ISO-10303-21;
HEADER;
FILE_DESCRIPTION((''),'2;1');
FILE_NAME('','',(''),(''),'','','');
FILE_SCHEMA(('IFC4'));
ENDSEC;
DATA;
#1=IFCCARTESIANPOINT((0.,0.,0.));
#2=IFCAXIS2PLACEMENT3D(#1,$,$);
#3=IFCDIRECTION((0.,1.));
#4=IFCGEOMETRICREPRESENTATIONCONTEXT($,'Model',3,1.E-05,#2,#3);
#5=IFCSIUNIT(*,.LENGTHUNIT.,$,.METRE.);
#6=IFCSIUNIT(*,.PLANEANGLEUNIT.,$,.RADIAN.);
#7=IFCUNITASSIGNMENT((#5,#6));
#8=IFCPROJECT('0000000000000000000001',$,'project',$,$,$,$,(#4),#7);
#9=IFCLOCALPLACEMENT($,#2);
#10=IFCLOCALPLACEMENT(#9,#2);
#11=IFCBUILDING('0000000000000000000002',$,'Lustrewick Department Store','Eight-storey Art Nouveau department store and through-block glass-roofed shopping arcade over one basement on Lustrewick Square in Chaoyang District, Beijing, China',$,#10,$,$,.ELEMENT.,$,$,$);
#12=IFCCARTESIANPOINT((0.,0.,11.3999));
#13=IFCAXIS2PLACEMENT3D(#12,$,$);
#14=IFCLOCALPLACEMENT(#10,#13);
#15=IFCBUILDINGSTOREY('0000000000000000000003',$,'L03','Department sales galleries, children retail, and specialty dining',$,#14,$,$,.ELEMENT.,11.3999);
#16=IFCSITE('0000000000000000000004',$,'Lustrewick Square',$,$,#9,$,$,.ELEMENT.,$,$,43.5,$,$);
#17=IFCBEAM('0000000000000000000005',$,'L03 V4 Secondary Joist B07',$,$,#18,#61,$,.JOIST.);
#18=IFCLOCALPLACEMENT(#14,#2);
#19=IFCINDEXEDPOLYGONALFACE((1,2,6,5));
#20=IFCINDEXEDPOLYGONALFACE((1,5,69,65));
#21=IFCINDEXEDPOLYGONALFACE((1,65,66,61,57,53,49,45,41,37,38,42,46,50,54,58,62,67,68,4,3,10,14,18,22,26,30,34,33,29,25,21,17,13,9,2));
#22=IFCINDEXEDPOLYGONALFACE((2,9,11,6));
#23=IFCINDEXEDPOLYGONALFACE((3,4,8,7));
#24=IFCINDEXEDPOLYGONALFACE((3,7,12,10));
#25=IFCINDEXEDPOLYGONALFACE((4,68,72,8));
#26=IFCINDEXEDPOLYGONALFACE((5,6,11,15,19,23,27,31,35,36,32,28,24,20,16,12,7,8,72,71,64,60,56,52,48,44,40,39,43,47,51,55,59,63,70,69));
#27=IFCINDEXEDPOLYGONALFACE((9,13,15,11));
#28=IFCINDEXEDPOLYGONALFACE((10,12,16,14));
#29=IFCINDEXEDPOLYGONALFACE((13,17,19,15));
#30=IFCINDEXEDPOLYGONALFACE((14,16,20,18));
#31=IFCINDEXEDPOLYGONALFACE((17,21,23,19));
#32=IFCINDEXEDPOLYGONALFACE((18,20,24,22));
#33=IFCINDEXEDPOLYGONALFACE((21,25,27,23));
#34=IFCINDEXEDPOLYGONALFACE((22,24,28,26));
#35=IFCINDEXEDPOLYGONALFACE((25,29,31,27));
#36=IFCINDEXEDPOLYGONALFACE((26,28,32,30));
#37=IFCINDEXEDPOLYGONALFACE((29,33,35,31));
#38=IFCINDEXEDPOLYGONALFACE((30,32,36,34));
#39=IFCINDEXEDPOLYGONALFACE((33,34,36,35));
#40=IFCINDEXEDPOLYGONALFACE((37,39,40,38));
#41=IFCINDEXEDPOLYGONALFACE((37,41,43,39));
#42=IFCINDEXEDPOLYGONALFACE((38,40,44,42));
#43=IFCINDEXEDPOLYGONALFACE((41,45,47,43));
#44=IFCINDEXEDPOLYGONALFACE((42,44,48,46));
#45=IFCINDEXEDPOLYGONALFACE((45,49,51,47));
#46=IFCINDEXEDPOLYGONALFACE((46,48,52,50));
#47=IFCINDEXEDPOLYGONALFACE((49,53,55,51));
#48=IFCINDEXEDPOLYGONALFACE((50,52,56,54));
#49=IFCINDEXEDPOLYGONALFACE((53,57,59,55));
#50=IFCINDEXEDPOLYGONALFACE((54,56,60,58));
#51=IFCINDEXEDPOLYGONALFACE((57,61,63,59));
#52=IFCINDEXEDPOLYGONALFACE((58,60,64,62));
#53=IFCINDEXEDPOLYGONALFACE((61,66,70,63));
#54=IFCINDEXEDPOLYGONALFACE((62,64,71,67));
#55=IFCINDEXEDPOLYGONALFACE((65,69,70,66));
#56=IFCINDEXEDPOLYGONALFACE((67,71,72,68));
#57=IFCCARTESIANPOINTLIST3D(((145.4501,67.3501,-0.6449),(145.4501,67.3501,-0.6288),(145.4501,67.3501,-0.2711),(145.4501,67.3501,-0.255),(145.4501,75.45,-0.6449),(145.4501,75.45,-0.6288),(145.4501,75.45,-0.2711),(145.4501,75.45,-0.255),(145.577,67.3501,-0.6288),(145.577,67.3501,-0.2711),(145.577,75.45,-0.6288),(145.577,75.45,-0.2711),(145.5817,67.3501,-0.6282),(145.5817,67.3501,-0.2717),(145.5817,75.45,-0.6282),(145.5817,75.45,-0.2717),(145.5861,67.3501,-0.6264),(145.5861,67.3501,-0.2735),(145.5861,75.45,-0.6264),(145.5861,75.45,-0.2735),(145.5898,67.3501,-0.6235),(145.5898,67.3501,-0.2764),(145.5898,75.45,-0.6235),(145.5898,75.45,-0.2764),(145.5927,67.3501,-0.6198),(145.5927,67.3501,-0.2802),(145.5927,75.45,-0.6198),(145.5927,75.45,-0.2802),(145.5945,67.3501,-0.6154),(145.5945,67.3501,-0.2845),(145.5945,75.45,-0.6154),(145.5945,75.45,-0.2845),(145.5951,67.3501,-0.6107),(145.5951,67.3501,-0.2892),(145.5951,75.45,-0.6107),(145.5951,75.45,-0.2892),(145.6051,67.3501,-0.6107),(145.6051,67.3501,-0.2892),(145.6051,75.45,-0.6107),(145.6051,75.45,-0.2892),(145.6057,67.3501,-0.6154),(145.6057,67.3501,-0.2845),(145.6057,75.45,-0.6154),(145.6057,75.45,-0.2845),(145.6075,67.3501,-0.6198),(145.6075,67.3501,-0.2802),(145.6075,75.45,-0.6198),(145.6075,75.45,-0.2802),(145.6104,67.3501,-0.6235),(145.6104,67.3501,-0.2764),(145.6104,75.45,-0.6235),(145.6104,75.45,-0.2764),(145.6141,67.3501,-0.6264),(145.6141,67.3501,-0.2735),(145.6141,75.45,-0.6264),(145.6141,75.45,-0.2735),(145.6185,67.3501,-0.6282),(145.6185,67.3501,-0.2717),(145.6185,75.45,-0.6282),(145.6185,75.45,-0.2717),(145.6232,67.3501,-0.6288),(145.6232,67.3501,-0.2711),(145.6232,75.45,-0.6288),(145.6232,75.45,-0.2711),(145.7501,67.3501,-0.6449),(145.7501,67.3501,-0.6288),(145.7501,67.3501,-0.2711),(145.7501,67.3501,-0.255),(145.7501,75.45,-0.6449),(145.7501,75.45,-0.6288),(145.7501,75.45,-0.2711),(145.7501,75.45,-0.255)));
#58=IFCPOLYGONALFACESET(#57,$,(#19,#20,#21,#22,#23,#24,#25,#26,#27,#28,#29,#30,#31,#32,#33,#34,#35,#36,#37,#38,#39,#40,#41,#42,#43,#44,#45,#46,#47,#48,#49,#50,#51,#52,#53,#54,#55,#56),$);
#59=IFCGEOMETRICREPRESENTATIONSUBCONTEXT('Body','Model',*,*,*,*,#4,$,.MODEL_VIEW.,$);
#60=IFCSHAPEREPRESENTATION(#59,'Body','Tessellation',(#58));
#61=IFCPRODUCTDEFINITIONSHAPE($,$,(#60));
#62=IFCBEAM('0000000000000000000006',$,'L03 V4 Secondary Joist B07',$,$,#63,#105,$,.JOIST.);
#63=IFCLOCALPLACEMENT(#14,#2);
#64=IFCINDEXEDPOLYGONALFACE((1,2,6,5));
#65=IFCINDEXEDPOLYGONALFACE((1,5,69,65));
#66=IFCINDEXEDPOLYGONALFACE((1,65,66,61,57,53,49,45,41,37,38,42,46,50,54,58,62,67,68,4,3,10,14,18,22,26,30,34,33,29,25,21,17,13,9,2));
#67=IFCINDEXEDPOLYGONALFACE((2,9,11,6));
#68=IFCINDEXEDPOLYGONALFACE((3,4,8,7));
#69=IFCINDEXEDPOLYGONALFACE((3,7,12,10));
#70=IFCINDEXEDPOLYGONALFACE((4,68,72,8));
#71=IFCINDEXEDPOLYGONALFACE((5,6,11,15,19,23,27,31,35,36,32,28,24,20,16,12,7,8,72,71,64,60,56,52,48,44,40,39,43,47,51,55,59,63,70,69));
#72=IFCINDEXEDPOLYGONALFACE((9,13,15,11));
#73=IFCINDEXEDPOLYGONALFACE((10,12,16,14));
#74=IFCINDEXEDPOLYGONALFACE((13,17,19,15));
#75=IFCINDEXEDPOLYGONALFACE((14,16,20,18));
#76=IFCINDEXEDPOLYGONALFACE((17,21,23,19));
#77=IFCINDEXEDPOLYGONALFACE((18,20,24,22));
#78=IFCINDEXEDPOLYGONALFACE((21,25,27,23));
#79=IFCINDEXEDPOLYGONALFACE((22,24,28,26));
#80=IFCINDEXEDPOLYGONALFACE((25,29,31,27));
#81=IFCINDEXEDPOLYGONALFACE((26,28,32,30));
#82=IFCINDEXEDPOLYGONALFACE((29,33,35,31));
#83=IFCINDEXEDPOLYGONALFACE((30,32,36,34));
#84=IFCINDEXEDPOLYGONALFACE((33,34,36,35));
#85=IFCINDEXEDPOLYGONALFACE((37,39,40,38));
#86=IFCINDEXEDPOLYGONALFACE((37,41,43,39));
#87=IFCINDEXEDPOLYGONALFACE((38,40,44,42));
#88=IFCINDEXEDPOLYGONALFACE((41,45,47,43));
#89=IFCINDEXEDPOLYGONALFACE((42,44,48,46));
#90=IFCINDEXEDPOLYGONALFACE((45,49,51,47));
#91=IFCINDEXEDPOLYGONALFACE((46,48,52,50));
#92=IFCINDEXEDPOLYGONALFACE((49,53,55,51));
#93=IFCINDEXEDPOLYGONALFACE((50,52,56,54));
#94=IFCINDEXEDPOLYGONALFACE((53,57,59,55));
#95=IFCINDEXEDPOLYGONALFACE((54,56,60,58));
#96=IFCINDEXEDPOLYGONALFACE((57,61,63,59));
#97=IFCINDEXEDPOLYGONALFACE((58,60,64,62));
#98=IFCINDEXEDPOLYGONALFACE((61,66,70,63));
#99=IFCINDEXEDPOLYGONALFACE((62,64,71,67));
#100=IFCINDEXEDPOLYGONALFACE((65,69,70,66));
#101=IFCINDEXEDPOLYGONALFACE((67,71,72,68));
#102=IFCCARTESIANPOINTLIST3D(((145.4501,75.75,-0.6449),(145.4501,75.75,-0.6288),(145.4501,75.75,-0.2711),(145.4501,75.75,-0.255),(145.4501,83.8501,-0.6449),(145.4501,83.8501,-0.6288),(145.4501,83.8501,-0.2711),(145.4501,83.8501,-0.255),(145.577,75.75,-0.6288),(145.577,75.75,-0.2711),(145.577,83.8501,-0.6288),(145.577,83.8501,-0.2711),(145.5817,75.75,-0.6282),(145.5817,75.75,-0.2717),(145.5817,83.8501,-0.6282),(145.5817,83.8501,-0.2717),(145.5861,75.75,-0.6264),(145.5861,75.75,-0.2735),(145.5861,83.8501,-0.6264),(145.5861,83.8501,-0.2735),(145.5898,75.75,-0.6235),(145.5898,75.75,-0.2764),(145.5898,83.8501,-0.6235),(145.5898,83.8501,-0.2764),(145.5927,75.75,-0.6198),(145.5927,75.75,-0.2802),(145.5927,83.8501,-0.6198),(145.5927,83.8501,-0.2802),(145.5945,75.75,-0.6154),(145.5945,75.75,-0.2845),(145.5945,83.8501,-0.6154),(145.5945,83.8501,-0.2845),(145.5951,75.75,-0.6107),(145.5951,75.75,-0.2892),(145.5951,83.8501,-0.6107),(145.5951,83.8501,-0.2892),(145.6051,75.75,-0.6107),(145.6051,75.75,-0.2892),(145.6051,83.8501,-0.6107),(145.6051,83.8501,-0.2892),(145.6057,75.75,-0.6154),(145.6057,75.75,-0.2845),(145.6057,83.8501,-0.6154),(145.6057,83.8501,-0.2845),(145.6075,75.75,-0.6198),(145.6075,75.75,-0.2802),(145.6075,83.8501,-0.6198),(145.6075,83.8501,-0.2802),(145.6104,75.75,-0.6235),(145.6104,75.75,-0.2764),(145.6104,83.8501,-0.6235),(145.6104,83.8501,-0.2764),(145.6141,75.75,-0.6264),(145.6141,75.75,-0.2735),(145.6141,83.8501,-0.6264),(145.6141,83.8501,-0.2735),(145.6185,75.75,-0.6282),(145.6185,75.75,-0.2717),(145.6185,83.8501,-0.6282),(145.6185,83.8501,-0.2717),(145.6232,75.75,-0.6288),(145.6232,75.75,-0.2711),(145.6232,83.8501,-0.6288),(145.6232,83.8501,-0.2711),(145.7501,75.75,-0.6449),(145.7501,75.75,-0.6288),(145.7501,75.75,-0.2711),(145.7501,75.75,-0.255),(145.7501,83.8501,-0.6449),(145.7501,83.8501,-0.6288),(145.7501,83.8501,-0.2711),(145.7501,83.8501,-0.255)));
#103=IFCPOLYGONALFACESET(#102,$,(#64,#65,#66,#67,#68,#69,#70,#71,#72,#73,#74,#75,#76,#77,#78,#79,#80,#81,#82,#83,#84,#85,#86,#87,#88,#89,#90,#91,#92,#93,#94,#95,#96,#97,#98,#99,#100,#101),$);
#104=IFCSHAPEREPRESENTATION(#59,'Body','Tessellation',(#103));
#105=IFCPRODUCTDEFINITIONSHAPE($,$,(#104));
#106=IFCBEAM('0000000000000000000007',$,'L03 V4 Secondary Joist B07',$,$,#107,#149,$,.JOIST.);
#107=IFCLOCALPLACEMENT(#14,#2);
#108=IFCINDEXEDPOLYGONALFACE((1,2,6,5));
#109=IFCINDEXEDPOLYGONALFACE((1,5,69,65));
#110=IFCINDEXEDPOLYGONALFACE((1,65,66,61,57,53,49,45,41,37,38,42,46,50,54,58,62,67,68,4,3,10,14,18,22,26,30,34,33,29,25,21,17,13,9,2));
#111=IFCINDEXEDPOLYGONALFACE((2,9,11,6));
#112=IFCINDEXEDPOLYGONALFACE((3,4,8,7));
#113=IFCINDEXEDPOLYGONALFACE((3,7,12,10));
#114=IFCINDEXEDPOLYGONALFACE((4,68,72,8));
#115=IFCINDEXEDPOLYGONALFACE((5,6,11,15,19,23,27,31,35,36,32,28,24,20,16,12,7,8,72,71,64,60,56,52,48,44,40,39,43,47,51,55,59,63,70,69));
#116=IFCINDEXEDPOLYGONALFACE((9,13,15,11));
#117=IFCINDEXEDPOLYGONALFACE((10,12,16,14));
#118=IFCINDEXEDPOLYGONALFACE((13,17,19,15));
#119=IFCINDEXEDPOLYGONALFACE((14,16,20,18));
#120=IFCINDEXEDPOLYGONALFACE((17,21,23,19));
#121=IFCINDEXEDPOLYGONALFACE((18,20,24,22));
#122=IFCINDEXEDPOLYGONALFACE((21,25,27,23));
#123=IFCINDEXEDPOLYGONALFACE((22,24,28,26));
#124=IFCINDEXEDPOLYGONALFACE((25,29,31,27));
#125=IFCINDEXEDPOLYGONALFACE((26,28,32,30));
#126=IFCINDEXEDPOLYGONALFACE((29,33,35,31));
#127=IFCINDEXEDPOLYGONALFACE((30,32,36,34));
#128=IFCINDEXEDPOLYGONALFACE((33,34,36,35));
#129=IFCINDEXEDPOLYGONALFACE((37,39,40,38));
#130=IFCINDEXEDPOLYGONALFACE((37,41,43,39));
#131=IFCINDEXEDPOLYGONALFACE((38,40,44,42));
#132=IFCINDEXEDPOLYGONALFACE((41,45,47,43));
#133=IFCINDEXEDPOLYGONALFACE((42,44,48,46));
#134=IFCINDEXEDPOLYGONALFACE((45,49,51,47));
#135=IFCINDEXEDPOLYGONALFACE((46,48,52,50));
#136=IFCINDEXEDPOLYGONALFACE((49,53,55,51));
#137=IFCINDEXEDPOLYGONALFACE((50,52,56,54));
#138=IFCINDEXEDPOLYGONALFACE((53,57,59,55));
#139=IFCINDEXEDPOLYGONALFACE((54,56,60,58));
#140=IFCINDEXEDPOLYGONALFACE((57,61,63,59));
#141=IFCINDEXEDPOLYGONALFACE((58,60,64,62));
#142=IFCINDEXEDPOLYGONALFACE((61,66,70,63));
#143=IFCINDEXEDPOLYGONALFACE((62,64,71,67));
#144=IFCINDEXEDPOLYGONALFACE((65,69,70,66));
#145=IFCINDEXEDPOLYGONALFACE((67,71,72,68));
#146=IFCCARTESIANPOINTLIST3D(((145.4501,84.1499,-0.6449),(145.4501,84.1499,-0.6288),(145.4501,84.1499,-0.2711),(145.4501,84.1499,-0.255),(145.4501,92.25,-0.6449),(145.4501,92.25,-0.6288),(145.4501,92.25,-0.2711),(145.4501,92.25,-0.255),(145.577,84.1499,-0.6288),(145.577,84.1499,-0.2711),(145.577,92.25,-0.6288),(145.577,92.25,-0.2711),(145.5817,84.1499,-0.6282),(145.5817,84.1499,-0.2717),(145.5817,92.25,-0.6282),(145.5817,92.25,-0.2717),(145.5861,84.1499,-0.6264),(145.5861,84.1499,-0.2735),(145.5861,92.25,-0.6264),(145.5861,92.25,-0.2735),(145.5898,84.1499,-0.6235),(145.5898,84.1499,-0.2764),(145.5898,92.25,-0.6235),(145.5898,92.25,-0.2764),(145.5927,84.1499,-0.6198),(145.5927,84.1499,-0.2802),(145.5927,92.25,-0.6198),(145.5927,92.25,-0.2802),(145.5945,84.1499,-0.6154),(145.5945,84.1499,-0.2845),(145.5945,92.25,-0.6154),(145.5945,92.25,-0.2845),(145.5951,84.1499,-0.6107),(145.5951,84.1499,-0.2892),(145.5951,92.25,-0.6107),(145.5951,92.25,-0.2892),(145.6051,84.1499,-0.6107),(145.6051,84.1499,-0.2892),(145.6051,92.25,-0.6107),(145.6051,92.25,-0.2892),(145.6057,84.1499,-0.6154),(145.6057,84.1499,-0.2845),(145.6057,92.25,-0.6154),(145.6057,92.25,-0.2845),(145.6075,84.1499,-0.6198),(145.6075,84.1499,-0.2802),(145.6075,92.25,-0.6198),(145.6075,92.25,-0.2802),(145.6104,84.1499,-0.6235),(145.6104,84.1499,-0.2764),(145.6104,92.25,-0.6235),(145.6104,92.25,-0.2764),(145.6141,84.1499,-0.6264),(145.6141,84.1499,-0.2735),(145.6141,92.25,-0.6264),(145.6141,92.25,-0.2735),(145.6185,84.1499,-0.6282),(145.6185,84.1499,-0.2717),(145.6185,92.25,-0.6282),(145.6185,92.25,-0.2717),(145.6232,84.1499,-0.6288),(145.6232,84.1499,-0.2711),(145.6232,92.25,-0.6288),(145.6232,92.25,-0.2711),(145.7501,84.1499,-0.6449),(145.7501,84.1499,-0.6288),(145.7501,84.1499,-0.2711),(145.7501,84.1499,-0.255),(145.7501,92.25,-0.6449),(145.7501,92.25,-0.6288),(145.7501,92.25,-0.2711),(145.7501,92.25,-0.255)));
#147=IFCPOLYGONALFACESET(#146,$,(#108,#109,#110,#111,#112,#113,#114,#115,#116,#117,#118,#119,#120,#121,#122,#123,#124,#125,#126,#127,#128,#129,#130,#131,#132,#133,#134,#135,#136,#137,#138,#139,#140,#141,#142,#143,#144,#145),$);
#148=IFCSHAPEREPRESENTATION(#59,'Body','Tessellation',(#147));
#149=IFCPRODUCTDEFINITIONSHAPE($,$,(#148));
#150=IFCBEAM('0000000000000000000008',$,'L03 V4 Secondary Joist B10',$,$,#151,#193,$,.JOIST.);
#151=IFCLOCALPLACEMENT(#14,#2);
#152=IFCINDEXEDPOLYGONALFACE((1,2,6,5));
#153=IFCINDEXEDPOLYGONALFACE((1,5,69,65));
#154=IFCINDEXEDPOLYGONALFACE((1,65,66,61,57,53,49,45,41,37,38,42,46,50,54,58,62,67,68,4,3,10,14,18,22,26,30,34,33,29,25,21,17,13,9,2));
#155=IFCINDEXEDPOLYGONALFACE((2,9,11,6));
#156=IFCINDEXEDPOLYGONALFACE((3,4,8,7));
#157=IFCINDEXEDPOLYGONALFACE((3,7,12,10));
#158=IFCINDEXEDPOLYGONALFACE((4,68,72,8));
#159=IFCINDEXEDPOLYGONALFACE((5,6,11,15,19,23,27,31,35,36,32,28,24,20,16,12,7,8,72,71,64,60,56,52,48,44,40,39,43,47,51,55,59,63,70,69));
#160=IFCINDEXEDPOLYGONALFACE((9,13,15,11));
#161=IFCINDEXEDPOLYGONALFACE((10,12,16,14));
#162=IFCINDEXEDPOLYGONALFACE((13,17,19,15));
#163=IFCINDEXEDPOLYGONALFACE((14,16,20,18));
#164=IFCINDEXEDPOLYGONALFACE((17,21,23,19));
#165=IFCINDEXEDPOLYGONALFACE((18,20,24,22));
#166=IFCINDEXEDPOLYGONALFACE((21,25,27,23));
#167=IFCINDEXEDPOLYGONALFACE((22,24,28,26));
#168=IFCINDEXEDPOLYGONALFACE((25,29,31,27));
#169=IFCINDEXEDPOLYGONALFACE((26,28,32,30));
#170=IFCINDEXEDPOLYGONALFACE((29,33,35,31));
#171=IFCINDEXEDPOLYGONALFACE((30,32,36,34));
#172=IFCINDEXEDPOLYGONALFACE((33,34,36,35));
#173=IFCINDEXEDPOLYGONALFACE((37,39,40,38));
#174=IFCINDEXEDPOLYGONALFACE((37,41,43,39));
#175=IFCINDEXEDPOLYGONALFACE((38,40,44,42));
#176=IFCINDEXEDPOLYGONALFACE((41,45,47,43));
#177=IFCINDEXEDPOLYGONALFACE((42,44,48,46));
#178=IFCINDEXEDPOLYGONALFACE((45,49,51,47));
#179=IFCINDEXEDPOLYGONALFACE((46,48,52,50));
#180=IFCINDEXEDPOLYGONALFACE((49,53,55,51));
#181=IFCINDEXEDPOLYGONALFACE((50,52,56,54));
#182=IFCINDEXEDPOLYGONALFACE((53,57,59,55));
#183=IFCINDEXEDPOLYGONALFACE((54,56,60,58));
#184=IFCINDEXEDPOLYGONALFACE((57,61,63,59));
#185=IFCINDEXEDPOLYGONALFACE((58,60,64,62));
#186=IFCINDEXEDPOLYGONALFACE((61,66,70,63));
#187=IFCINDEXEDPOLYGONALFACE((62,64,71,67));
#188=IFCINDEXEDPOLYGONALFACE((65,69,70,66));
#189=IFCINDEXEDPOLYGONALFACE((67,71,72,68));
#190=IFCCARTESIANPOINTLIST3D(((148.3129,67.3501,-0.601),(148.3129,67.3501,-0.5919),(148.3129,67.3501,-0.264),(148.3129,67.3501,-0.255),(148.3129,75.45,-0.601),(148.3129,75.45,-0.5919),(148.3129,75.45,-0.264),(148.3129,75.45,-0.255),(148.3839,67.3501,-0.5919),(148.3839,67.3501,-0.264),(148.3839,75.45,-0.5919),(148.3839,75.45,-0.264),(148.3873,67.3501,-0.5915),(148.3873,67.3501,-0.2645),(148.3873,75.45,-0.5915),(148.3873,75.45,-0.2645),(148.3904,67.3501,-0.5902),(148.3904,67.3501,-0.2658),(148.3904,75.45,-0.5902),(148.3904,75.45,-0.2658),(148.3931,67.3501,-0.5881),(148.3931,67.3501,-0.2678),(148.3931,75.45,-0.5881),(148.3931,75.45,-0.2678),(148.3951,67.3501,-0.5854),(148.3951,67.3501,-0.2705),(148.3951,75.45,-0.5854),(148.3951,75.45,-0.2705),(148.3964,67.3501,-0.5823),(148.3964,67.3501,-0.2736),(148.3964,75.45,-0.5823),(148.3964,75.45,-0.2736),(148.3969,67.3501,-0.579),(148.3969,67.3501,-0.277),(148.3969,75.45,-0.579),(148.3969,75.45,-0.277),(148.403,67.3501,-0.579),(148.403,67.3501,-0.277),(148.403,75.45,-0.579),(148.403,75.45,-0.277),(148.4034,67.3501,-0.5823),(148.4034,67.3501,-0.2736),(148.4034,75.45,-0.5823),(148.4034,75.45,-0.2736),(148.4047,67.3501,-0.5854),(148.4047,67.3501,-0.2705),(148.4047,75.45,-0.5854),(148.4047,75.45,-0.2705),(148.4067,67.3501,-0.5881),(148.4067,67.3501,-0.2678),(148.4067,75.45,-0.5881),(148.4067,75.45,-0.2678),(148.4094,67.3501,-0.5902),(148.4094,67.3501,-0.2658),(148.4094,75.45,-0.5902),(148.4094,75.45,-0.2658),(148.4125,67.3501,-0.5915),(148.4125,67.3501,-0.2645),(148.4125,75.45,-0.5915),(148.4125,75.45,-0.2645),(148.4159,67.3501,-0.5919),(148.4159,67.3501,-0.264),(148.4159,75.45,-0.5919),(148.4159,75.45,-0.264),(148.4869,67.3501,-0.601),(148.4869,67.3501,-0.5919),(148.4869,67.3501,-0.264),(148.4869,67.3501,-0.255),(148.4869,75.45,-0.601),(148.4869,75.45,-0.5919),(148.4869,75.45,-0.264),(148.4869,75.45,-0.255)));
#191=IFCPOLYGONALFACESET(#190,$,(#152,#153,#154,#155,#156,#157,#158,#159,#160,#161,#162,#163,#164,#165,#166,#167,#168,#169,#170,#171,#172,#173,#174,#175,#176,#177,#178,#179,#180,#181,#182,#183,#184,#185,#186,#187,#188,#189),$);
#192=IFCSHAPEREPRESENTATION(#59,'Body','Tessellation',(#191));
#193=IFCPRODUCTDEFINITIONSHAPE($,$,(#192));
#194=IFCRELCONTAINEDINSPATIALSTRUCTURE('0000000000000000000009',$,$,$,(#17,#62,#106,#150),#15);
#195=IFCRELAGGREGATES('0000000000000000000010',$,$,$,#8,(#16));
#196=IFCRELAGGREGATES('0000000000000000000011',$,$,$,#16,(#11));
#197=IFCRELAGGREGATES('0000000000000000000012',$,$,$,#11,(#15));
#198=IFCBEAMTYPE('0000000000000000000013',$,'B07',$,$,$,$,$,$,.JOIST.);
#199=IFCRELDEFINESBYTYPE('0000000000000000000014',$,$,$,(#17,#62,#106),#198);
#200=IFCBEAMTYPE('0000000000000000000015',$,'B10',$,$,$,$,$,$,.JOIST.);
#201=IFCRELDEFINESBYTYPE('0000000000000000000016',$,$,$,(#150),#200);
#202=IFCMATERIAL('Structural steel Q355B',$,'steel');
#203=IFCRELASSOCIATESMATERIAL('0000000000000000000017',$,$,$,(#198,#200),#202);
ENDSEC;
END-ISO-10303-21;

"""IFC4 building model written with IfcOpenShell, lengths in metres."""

from ifc_helpers import new_model, si_unit, direction, frame, origin, origin_2d, place, context, subcontext, project, spatial, i_section, extrude, material, material_profile, profile_set, type_object, element, save


model = new_model("IFC4")

# Units and contexts
model_context = context("Model", 3, precision=1e-05, world=origin(), true_north=direction((0.0, 1.0)))
body_context = subcontext(model_context, "Body", "Model", "MODEL_VIEW")
ifc_project = project(units=[si_unit("LENGTHUNIT", "METRE"), si_unit("PLANEANGLEUNIT", "RADIAN")], contexts=[model_context])

# Site, building, storey
site_placement = place(None, origin())
site = spatial("IfcSite", under=ifc_project, at=site_placement, Name="Lustrewick Square", CompositionType="ELEMENT", RefElevation=43.5)
building_placement = place(site_placement, origin())
building = spatial("IfcBuilding", under=site, at=building_placement, Name="Lustrewick Department Store", Description="Eight-storey Art Nouveau department store and through-block glass-roofed shopping arcade over one basement on Lustrewick Square in Chaoyang District, Beijing, China", CompositionType="ELEMENT")
storey_placement = place(building_placement, frame((0.0, 0.0, 11.3999)))
storey = spatial("IfcBuildingStorey", under=building, at=storey_placement, Name="L03", Description="Department sales galleries, children retail, and specialty dining", CompositionType="ELEMENT", Elevation=11.3999)

# Shared definitions
ifc_material_1 = material(Name="Structural steel Q355B", Category="steel")

# Beams
ifc_material_profile_1 = material_profile(ifc_material_1, i_section(OverallWidth=0.3, OverallDepth=0.3899, WebThickness=0.01, FlangeThickness=0.0161, FilletRadius=0.0181, at=origin_2d()), Name="HM 390x300x10x16")
ifc_profile_set_1 = profile_set([ifc_material_profile_1], Name="Structural steel Q355B")
beam_type_1 = type_object("IfcBeamType", Name="B07", PredefinedType="JOIST", material=ifc_profile_set_1)
beam_1_placement = place(storey_placement, frame((145.6001, 67.3501, -0.45), z_axis=(0.0, 1.0, 0.0), x_axis=(-1.0, 0.0, 0.0)))
element("IfcBeam", 1, at=beam_1_placement, inside=storey, type_object=beam_type_1, Name="L03 V4 Secondary Joist B07", PredefinedType="JOIST", context=body_context, shape_type="SweptSolid", body=[
    extrude(i_section(OverallWidth=0.3, OverallDepth=0.3899, WebThickness=0.01, FlangeThickness=0.0161, FilletRadius=0.0181, at=origin_2d()), origin(), (0.0, 0.0, 1.0), 8.0999),
])
for number, where, z_axis, x_axis, name in (
    (2, (145.6001, 75.75, -0.45), (0.0, 1.0, 0.0), (-1.0, 0.0, 0.0), "L03 V4 Secondary Joist B07"),
    (3, (145.6001, 84.1499, -0.45), (0.0, 1.0, 0.0), (-1.0, 0.0, 0.0), "L03 V4 Secondary Joist B07"),
):
    element("IfcBeam", number, at=place(storey_placement, frame(where, z_axis=z_axis, x_axis=x_axis)), inside=storey, type_object=beam_type_1, Name=name, PredefinedType="JOIST", context=body_context, shape_type="SweptSolid", body=[
        extrude(i_section(OverallWidth=0.3, OverallDepth=0.3899, WebThickness=0.01, FlangeThickness=0.0161, FilletRadius=0.0181, at=origin_2d()), origin(), (0.0, 0.0, 1.0), 8.1001),
    ])
ifc_material_profile_2 = material_profile(ifc_material_1, i_section(OverallWidth=0.1741, OverallDepth=0.3459, WebThickness=0.0061, FlangeThickness=0.009, FilletRadius=0.0129, at=origin_2d()), Name="HN 346x174x6x9")
ifc_profile_set_2 = profile_set([ifc_material_profile_2], Name="Structural steel Q355B")
beam_type_2 = type_object("IfcBeamType", Name="B10", PredefinedType="JOIST", material=ifc_profile_set_2)
beam_2_placement = place(storey_placement, frame((148.3999, 67.3501, -0.428), z_axis=(0.0, 1.0, 0.0), x_axis=(-1.0, 0.0, 0.0)))
element("IfcBeam", 4, at=beam_2_placement, inside=storey, type_object=beam_type_2, Name="L03 V4 Secondary Joist B10", PredefinedType="JOIST", context=body_context, shape_type="SweptSolid", body=[
    extrude(i_section(OverallWidth=0.1741, OverallDepth=0.3459, WebThickness=0.0061, FlangeThickness=0.009, FilletRadius=0.0129, at=origin_2d()), origin(), (0.0, 0.0, 1.0), 8.0999),
])

save(model, "model.ifc")
